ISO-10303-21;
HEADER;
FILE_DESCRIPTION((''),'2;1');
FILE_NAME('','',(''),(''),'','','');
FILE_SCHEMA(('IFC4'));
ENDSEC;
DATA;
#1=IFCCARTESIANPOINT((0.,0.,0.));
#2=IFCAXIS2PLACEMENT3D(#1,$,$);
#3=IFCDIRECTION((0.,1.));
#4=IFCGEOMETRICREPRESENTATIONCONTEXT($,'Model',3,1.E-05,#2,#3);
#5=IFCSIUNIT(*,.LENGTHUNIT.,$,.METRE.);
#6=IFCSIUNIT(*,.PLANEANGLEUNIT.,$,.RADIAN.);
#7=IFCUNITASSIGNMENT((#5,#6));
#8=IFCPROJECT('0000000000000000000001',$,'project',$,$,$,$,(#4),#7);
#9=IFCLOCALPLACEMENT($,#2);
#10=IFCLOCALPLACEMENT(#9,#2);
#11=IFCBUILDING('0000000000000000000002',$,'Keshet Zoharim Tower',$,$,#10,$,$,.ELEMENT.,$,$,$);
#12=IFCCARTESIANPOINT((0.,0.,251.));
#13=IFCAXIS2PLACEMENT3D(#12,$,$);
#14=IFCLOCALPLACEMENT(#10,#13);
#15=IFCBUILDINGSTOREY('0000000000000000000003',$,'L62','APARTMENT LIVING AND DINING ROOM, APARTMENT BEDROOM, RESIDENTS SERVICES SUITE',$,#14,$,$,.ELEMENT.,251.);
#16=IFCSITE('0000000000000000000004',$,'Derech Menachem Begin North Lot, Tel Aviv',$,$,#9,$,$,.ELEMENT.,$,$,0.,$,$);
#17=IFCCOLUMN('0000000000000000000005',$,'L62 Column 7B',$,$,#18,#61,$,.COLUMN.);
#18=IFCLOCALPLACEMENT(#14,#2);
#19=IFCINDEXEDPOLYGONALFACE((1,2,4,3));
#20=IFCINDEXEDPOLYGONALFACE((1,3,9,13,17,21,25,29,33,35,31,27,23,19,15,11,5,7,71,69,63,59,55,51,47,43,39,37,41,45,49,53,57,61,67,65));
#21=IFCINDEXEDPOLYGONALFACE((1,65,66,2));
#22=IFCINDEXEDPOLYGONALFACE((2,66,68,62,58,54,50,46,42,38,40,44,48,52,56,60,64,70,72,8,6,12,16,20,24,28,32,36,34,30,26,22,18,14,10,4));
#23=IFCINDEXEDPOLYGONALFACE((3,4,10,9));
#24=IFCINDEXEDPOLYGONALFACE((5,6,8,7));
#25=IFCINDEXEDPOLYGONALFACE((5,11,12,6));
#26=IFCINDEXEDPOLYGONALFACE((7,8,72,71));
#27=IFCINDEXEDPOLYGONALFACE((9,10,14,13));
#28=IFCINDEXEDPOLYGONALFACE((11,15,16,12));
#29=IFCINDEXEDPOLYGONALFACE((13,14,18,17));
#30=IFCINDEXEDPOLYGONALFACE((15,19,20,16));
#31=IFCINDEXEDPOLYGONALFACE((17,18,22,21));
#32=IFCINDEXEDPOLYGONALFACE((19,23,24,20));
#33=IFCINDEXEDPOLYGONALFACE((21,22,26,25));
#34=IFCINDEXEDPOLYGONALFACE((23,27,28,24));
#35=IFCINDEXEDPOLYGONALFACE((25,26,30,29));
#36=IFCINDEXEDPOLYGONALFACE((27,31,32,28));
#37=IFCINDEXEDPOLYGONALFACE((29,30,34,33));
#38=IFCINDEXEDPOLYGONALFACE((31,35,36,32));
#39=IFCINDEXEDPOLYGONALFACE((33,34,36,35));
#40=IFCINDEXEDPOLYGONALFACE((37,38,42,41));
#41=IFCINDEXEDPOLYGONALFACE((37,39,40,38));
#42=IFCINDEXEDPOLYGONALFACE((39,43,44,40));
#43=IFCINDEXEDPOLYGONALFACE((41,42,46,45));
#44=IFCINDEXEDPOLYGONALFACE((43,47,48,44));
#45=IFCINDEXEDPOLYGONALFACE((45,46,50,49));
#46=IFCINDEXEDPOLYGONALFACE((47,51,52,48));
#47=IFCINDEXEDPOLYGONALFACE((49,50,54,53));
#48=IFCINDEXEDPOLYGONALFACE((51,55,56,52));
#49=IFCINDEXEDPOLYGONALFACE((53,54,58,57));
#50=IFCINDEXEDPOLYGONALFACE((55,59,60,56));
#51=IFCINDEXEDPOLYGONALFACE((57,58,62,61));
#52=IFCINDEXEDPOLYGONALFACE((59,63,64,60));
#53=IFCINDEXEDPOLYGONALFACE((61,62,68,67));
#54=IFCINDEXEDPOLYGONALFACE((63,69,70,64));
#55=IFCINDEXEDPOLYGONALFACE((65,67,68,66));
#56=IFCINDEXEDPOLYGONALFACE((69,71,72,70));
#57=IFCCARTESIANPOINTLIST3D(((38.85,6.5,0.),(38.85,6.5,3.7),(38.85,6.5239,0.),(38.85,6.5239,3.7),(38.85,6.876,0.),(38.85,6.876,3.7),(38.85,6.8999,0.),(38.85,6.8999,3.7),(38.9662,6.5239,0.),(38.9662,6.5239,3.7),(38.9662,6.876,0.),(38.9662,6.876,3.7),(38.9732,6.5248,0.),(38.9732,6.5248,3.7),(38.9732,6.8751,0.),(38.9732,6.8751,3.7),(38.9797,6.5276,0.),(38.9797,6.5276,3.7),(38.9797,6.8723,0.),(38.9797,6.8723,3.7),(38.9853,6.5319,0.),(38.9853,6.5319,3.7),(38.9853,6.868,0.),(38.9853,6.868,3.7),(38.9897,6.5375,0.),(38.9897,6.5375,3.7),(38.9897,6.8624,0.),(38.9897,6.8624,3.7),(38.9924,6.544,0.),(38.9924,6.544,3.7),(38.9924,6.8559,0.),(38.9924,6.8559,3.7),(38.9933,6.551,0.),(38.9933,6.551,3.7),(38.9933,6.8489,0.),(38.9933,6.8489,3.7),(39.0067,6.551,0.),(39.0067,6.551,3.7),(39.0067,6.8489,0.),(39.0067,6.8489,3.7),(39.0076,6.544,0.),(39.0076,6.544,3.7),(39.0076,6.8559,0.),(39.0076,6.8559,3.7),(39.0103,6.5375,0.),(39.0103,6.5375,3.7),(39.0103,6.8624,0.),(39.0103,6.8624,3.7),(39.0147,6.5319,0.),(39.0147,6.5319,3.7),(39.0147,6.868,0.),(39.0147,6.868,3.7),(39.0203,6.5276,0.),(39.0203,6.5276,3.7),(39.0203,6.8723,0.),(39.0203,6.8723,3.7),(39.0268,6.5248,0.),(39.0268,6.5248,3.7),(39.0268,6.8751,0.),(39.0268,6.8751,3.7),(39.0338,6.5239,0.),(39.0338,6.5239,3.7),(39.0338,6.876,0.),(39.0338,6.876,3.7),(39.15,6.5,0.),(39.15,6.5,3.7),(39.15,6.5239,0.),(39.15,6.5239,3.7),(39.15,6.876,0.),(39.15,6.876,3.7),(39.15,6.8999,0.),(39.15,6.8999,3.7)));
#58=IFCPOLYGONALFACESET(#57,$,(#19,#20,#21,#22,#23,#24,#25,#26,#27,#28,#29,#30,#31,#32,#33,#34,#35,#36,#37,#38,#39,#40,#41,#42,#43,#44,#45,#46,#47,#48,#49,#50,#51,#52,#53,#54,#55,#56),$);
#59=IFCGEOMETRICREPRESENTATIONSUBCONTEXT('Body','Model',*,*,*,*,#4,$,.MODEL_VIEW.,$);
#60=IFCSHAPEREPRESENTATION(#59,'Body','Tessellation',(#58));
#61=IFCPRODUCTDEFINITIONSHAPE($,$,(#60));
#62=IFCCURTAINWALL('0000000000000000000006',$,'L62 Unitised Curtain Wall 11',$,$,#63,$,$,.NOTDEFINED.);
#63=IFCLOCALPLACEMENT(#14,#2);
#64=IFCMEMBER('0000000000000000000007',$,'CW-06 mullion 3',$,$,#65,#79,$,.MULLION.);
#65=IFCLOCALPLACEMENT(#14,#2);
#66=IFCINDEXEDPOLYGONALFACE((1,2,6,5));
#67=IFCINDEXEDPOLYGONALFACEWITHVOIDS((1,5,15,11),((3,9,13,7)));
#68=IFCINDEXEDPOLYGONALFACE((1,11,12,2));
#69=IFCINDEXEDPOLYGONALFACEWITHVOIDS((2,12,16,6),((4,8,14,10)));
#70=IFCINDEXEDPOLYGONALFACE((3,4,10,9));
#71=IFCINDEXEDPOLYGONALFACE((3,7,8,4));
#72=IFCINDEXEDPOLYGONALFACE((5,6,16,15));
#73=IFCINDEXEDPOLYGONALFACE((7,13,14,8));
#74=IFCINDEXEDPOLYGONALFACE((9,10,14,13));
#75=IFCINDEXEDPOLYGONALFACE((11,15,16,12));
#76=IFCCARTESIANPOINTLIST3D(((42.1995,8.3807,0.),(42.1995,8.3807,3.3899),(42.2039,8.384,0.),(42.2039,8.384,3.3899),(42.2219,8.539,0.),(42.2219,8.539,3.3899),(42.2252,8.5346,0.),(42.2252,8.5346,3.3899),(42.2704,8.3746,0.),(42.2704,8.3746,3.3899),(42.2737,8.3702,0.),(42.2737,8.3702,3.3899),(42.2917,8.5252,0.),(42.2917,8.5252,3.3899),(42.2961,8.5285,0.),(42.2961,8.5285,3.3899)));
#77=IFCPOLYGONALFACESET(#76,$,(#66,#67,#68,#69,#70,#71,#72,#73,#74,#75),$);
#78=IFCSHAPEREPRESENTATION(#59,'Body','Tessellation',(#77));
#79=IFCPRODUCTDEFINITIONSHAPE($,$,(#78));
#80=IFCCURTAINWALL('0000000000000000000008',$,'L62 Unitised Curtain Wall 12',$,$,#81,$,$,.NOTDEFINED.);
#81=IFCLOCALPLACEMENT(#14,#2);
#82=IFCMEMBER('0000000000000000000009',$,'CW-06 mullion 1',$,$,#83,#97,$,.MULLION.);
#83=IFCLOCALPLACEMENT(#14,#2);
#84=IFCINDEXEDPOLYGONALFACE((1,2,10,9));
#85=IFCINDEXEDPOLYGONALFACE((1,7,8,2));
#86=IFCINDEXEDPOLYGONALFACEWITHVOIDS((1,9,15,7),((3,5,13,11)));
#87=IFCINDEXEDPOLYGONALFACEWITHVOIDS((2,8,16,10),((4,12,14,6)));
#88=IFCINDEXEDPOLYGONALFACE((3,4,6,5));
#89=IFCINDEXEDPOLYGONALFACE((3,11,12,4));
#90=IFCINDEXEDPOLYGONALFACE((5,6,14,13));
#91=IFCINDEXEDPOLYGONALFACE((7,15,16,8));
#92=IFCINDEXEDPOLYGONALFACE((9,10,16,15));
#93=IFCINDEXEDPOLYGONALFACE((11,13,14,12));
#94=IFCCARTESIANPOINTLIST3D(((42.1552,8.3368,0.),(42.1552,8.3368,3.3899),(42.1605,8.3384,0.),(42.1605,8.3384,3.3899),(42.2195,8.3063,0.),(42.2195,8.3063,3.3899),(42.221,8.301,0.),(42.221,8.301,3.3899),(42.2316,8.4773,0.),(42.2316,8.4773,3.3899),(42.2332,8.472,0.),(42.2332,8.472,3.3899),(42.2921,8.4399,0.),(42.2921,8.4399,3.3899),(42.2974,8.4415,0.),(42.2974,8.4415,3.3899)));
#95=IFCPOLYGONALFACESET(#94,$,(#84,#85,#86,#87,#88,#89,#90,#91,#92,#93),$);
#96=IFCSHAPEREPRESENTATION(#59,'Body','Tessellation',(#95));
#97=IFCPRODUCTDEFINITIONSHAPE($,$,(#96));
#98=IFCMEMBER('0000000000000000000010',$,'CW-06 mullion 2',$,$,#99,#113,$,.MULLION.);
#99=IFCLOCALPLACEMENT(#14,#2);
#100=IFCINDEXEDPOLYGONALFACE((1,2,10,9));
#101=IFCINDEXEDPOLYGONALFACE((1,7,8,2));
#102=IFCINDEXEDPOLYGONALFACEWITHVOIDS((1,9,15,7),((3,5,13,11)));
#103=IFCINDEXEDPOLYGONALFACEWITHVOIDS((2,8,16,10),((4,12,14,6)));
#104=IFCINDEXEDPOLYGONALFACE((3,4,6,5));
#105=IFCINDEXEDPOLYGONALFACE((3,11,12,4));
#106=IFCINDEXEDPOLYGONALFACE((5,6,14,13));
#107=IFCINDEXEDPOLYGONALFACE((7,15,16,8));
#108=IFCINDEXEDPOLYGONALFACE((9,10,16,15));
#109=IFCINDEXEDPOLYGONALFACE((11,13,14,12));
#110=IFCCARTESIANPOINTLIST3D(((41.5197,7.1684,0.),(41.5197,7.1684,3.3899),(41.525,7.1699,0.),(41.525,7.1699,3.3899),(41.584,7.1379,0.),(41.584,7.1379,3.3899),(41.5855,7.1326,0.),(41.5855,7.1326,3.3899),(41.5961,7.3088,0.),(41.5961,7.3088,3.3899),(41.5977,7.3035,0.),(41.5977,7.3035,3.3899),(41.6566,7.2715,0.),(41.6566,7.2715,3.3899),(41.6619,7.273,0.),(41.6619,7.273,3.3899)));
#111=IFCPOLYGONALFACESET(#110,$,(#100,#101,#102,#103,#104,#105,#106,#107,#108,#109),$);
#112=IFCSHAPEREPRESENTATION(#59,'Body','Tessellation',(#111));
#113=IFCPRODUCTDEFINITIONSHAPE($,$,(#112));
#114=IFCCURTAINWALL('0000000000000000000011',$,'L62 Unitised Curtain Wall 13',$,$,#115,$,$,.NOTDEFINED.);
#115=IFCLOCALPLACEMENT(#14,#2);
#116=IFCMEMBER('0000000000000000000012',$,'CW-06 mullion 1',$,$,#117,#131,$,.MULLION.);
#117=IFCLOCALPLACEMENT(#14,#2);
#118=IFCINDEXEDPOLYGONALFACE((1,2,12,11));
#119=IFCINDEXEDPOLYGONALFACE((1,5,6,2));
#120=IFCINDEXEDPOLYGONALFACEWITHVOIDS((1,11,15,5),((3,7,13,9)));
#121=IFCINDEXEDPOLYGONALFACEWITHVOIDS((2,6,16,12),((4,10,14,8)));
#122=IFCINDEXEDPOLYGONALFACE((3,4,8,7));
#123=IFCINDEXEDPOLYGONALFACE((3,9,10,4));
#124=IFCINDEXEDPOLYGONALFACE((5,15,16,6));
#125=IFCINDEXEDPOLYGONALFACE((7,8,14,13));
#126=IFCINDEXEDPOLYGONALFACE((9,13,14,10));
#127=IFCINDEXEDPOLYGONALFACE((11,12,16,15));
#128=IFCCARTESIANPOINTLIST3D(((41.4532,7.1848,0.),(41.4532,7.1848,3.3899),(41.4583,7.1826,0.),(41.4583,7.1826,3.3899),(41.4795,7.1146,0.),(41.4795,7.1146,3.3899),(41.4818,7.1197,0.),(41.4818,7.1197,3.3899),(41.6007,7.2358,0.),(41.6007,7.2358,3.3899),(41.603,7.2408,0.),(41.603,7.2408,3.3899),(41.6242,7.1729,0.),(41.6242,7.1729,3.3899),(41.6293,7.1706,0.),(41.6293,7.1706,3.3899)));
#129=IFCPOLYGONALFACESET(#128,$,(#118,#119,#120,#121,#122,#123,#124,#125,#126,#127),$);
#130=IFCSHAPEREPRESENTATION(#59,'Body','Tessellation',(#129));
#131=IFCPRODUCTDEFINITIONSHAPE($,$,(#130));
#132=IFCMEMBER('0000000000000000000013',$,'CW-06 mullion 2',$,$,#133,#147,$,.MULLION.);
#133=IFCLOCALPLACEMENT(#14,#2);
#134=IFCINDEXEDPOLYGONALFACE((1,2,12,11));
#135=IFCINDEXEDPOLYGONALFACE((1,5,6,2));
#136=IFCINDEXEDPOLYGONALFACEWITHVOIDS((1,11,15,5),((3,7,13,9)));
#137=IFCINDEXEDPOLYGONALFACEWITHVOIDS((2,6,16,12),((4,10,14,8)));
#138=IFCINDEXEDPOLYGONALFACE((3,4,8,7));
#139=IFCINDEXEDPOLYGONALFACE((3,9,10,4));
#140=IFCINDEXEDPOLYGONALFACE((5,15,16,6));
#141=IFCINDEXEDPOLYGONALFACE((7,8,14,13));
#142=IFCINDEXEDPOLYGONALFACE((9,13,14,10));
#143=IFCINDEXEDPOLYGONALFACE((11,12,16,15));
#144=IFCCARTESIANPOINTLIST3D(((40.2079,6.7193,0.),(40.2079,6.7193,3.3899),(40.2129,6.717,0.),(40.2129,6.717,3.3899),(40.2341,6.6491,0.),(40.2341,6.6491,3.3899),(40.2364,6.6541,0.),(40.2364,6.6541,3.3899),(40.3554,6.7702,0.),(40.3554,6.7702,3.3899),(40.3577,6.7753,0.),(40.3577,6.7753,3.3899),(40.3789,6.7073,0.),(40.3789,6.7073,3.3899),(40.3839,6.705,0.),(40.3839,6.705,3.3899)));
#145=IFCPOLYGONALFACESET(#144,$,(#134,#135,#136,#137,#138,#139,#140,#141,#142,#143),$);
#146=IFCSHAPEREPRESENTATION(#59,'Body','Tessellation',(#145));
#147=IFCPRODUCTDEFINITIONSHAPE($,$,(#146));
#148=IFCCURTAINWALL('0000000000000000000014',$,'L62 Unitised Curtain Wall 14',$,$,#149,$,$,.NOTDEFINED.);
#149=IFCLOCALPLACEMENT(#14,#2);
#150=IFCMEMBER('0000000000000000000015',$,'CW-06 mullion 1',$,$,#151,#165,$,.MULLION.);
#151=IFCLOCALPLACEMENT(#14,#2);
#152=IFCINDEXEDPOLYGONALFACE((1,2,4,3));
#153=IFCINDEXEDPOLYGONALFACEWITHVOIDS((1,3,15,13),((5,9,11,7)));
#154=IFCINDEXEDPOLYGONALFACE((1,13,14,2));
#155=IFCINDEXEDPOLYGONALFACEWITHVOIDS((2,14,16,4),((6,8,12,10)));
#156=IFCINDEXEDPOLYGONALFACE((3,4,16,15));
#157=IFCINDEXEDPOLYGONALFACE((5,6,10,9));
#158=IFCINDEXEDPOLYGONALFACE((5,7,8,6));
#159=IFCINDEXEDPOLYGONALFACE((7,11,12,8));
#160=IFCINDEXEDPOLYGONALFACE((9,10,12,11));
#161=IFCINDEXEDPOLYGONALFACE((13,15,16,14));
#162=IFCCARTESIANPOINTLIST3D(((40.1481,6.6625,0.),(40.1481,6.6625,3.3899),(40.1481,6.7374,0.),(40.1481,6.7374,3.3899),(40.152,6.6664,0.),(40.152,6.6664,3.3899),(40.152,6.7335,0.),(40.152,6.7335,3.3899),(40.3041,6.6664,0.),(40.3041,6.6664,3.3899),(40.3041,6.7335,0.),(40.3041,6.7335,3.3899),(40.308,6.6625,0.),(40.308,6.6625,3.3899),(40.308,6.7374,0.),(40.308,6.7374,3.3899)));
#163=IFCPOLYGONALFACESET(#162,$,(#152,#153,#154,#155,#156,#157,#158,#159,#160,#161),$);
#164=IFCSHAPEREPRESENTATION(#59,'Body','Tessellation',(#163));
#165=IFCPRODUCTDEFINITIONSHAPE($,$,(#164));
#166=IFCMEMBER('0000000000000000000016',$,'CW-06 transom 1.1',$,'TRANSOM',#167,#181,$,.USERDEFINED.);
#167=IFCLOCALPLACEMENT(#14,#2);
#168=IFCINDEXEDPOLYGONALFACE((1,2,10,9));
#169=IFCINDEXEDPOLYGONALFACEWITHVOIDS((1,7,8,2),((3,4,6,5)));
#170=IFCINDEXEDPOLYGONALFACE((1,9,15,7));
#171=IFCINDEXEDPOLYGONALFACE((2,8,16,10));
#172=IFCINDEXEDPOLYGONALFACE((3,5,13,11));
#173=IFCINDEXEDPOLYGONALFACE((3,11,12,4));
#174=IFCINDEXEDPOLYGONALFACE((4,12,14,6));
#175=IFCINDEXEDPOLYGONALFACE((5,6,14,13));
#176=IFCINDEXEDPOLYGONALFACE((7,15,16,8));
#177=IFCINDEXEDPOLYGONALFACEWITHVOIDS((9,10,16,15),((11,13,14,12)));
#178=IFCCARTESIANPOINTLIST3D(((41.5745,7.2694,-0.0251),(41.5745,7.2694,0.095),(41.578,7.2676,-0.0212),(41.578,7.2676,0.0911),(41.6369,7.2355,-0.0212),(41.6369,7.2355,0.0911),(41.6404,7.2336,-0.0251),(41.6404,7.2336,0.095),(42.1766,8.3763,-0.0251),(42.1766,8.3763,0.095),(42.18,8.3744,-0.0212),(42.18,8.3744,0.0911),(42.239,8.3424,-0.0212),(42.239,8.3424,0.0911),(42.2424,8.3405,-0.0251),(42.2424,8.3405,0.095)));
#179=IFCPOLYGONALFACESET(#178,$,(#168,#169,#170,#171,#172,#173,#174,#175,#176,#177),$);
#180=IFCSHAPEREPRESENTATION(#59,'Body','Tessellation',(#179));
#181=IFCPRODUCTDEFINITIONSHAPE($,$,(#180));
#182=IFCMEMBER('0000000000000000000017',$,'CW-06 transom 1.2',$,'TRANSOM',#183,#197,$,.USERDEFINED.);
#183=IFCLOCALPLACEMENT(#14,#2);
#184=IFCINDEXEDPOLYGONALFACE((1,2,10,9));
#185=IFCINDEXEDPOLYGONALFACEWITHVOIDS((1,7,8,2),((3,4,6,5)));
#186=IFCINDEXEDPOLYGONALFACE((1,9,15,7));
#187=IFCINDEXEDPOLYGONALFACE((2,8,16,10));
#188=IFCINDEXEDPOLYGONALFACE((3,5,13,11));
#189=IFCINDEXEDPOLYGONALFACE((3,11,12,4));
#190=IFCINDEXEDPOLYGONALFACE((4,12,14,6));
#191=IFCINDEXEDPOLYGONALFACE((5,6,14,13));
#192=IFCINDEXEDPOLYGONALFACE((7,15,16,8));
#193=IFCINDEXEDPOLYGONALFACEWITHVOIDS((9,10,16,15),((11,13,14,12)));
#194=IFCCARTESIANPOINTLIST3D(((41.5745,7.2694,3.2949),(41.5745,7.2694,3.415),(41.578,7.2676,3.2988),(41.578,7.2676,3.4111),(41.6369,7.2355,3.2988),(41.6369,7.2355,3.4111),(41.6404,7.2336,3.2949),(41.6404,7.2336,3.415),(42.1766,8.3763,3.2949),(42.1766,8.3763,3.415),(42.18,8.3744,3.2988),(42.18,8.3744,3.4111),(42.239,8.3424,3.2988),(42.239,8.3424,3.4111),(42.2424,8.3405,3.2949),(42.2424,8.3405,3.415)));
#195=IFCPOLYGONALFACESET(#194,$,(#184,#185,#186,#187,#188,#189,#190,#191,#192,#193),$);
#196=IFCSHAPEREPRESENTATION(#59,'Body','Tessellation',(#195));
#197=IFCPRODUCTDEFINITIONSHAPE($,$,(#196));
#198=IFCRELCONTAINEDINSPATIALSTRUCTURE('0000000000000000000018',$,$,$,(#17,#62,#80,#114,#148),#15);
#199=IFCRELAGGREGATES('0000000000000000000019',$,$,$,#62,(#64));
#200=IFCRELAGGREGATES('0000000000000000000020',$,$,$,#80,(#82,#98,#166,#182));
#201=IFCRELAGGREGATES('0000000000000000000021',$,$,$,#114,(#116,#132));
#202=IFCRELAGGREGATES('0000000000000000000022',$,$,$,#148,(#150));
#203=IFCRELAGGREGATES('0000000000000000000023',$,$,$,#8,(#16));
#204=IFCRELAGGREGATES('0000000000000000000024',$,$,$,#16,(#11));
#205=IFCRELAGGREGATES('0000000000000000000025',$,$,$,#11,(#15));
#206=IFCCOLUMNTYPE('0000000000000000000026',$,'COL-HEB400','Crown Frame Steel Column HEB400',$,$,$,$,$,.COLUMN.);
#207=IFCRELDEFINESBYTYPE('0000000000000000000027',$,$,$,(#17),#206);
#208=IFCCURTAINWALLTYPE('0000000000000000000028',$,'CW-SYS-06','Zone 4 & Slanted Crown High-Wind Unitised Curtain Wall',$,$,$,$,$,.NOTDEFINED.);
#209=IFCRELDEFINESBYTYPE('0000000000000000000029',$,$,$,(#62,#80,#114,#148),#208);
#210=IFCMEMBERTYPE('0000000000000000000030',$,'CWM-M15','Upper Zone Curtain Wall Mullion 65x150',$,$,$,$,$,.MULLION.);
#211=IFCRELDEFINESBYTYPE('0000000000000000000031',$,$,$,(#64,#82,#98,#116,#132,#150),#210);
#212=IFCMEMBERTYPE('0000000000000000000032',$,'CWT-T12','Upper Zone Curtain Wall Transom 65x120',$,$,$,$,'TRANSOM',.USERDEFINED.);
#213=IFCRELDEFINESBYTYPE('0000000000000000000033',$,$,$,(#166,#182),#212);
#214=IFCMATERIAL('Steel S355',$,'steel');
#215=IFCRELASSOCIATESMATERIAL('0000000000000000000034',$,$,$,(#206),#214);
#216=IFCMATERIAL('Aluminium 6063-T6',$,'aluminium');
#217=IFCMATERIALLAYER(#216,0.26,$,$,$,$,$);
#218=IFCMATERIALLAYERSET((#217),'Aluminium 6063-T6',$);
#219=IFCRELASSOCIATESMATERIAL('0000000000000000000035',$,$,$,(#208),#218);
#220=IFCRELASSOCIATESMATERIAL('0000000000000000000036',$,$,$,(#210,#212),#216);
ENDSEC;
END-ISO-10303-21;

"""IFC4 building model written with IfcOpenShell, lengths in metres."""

from ifc_helpers import new_model, si_unit, direction, frame, origin, origin_2d, place, context, subcontext, project, spatial, hollow_rectangle, i_section, extrude, material, layer, layer_set, material_profile, profile_set, type_object, element, aggregate, save


model = new_model("IFC4")

# Units and contexts
model_context = context("Model", 3, precision=1e-05, world=origin(), true_north=direction((0.0, 1.0)))
body_context = subcontext(model_context, "Body", "Model", "MODEL_VIEW")
ifc_project = project(units=[si_unit("LENGTHUNIT", "METRE"), si_unit("PLANEANGLEUNIT", "RADIAN")], contexts=[model_context])

# Site, building, storey
site_placement = place(None, origin())
site = spatial("IfcSite", under=ifc_project, at=site_placement, Name="Derech Menachem Begin North Lot, Tel Aviv", CompositionType="ELEMENT", RefElevation=0.0)
building_placement = place(site_placement, origin())
building = spatial("IfcBuilding", under=site, at=building_placement, Name="Keshet Zoharim Tower", CompositionType="ELEMENT")
storey_placement = place(building_placement, frame((0.0, 0.0, 251.0)))
storey = spatial("IfcBuildingStorey", under=building, at=storey_placement, Name="L62", Description="APARTMENT LIVING AND DINING ROOM, APARTMENT BEDROOM, RESIDENTS SERVICES SUITE", CompositionType="ELEMENT", Elevation=251.0)

# Column
ifc_material_1 = material(Name="Steel S355", Category="steel")
ifc_material_profile_1 = material_profile(ifc_material_1, i_section(OverallWidth=0.3, OverallDepth=0.3999, WebThickness=0.0134, FlangeThickness=0.0239, FilletRadius=0.0271, at=origin_2d()), Name="HEB400")
ifc_profile_set_1 = profile_set([ifc_material_profile_1], Name="Steel S355")
column_type = type_object("IfcColumnType", Name="COL-HEB400", Description="Crown Frame Steel Column HEB400", PredefinedType="COLUMN", material=ifc_profile_set_1)
column_placement = place(storey_placement, frame((39.0, 6.7, 0.0), z_axis=(0.0, 0.0, 1.0), x_axis=(1.0, 0.0, 0.0)))
element("IfcColumn", 1, at=column_placement, inside=storey, type_object=column_type, Name="L62 Column 7B", PredefinedType="COLUMN", context=body_context, shape_type="SweptSolid", body=[
    extrude(i_section(OverallWidth=0.3, OverallDepth=0.3999, WebThickness=0.0134, FlangeThickness=0.0239, FilletRadius=0.0271, at=origin_2d()), origin(), (0.0, 0.0, 1.0), 3.7),
])

# Curtain wall, member
ifc_material_2 = material(Name="Aluminium 6063-T6", Category="aluminium")
ifc_layer_1 = layer(ifc_material_2, 0.26)
ifc_layer_set_1 = layer_set([ifc_layer_1], Name="Aluminium 6063-T6")
curtain_wall_type = type_object("IfcCurtainWallType", Name="CW-SYS-06", Description="Zone 4 & Slanted Crown High-Wind Unitised Curtain Wall", PredefinedType="NOTDEFINED", material=ifc_layer_set_1)
curtain_wall_1_placement = place(storey_placement, origin())
curtain_wall_1 = element("IfcCurtainWall", 2, at=curtain_wall_1_placement, inside=storey, type_object=curtain_wall_type, Name="L62 Unitised Curtain Wall 11", PredefinedType="NOTDEFINED")
ifc_material_profile_2 = material_profile(ifc_material_2, hollow_rectangle(XDim=0.075, YDim=0.1599, WallThickness=0.0039, at=origin_2d()), Name="MUL-75x160")
ifc_profile_set_2 = profile_set([ifc_material_profile_2], Name="Aluminium 6063-T6")
member_type_1 = type_object("IfcMemberType", Name="CWM-M15", Description="Upper Zone Curtain Wall Mullion 65x150", PredefinedType="MULLION", material=ifc_profile_set_2)
member_1_placement = place(storey_placement, frame((42.2478, 8.4546, 0.0), z_axis=(0.0, 0.0, 1.0), x_axis=(0.990132, -0.140137, 0.0)))
member_1 = element("IfcMember", 3, at=member_1_placement, type_object=member_type_1, Name="CW-06 mullion 3", PredefinedType="MULLION", context=body_context, shape_type="SweptSolid", body=[
    extrude(hollow_rectangle(XDim=0.075, YDim=0.1599, WallThickness=0.0039, at=origin_2d()), origin(), (0.0, 0.0, 1.0), 3.3899),
])

# Curtain walls, members
curtain_wall_2_placement = place(storey_placement, origin())
curtain_wall_2 = element("IfcCurtainWall", 4, at=curtain_wall_2_placement, inside=storey, type_object=curtain_wall_type, Name="L62 Unitised Curtain Wall 12", PredefinedType="NOTDEFINED")
member_2_placement = place(storey_placement, frame((42.2263, 8.3892, 0.0), z_axis=(0.0, 0.0, 1.0), x_axis=(0.878468, -0.477801, 0.0)))
member_2 = element("IfcMember", 5, at=member_2_placement, type_object=member_type_1, Name="CW-06 mullion 1", PredefinedType="MULLION", context=body_context, shape_type="SweptSolid", body=[
    extrude(hollow_rectangle(XDim=0.075, YDim=0.1599, WallThickness=0.0039, at=origin_2d()), origin(), (0.0, 0.0, 1.0), 3.3899),
])
member_3_placement = place(storey_placement, frame((41.5908, 7.2207, 0.0), z_axis=(0.0, 0.0, 1.0), x_axis=(0.878468, -0.477801, 0.0)))
member_3 = element("IfcMember", 6, at=member_3_placement, type_object=member_type_1, Name="CW-06 mullion 2", PredefinedType="MULLION", context=body_context, shape_type="SweptSolid", body=[
    extrude(hollow_rectangle(XDim=0.075, YDim=0.1599, WallThickness=0.0039, at=origin_2d()), origin(), (0.0, 0.0, 1.0), 3.3899),
])
curtain_wall_3_placement = place(storey_placement, origin())
curtain_wall_3 = element("IfcCurtainWall", 7, at=curtain_wall_3_placement, inside=storey, type_object=curtain_wall_type, Name="L62 Unitised Curtain Wall 13", PredefinedType="NOTDEFINED")
member_4_placement = place(storey_placement, frame((41.5413, 7.1777, 0.0), z_axis=(0.0, 0.0, 1.0), x_axis=(0.350105, -0.93671, 0.0)))
member_4 = element("IfcMember", 8, at=member_4_placement, type_object=member_type_1, Name="CW-06 mullion 1", PredefinedType="MULLION", context=body_context, shape_type="SweptSolid", body=[
    extrude(hollow_rectangle(XDim=0.075, YDim=0.1599, WallThickness=0.0039, at=origin_2d()), origin(), (0.0, 0.0, 1.0), 3.3899),
])
member_5_placement = place(storey_placement, frame((40.2959, 6.7122, 0.0), z_axis=(0.0, 0.0, 1.0), x_axis=(0.350105, -0.93671, 0.0)))
member_5 = element("IfcMember", 9, at=member_5_placement, type_object=member_type_1, Name="CW-06 mullion 2", PredefinedType="MULLION", context=body_context, shape_type="SweptSolid", body=[
    extrude(hollow_rectangle(XDim=0.075, YDim=0.1599, WallThickness=0.0039, at=origin_2d()), origin(), (0.0, 0.0, 1.0), 3.3899),
])

# Curtain wall, member
curtain_wall_4_placement = place(storey_placement, origin())
curtain_wall_4 = element("IfcCurtainWall", 10, at=curtain_wall_4_placement, inside=storey, type_object=curtain_wall_type, Name="L62 Unitised Curtain Wall 14", PredefinedType="NOTDEFINED")
member_6_placement = place(storey_placement, frame((40.228, 6.7, 0.0), z_axis=(0.0, 0.0, 1.0), x_axis=(0.0, -1.0, 0.0)))
member_6 = element("IfcMember", 11, at=member_6_placement, type_object=member_type_1, Name="CW-06 mullion 1", PredefinedType="MULLION", context=body_context, shape_type="SweptSolid", body=[
    extrude(hollow_rectangle(XDim=0.075, YDim=0.1599, WallThickness=0.0039, at=origin_2d()), origin(), (0.0, 0.0, 1.0), 3.3899),
])

# Members
ifc_material_profile_3 = material_profile(ifc_material_2, hollow_rectangle(XDim=0.075, YDim=0.1201, WallThickness=0.0039, at=origin_2d()), Name="TRN-75x120")
ifc_profile_set_3 = profile_set([ifc_material_profile_3], Name="Aluminium 6063-T6")
member_type_2 = type_object("IfcMemberType", Name="CWT-T12", Description="Upper Zone Curtain Wall Transom 65x120", ElementType="TRANSOM", PredefinedType="USERDEFINED", material=ifc_profile_set_3)
member_7_placement = place(storey_placement, frame((42.2095, 8.3584, 0.0349), z_axis=(-0.477793, -0.878472, 0.0), x_axis=(0.878472, -0.477793, 0.0)))
member_7 = element("IfcMember", 12, at=member_7_placement, type_object=member_type_2, Name="CW-06 transom 1.1", ObjectType="TRANSOM", PredefinedType="USERDEFINED", context=body_context, shape_type="SweptSolid", body=[
    extrude(hollow_rectangle(XDim=0.075, YDim=0.1201, WallThickness=0.0039, at=origin_2d()), origin(), (0.0, 0.0, 1.0), 1.26),
])
member_8_placement = place(storey_placement, frame((42.2095, 8.3584, 3.355), z_axis=(-0.477793, -0.878472, 0.0), x_axis=(0.878472, -0.477793, 0.0)))
member_8 = element("IfcMember", 13, at=member_8_placement, type_object=member_type_2, Name="CW-06 transom 1.2", ObjectType="TRANSOM", PredefinedType="USERDEFINED", context=body_context, shape_type="SweptSolid", body=[
    extrude(hollow_rectangle(XDim=0.075, YDim=0.1201, WallThickness=0.0039, at=origin_2d()), origin(), (0.0, 0.0, 1.0), 1.26),
])

aggregate(curtain_wall_1, [member_1])
aggregate(curtain_wall_2, [member_2, member_3, member_7, member_8])
aggregate(curtain_wall_3, [member_4, member_5])
aggregate(curtain_wall_4, [member_6])

save(model, "model.ifc")
